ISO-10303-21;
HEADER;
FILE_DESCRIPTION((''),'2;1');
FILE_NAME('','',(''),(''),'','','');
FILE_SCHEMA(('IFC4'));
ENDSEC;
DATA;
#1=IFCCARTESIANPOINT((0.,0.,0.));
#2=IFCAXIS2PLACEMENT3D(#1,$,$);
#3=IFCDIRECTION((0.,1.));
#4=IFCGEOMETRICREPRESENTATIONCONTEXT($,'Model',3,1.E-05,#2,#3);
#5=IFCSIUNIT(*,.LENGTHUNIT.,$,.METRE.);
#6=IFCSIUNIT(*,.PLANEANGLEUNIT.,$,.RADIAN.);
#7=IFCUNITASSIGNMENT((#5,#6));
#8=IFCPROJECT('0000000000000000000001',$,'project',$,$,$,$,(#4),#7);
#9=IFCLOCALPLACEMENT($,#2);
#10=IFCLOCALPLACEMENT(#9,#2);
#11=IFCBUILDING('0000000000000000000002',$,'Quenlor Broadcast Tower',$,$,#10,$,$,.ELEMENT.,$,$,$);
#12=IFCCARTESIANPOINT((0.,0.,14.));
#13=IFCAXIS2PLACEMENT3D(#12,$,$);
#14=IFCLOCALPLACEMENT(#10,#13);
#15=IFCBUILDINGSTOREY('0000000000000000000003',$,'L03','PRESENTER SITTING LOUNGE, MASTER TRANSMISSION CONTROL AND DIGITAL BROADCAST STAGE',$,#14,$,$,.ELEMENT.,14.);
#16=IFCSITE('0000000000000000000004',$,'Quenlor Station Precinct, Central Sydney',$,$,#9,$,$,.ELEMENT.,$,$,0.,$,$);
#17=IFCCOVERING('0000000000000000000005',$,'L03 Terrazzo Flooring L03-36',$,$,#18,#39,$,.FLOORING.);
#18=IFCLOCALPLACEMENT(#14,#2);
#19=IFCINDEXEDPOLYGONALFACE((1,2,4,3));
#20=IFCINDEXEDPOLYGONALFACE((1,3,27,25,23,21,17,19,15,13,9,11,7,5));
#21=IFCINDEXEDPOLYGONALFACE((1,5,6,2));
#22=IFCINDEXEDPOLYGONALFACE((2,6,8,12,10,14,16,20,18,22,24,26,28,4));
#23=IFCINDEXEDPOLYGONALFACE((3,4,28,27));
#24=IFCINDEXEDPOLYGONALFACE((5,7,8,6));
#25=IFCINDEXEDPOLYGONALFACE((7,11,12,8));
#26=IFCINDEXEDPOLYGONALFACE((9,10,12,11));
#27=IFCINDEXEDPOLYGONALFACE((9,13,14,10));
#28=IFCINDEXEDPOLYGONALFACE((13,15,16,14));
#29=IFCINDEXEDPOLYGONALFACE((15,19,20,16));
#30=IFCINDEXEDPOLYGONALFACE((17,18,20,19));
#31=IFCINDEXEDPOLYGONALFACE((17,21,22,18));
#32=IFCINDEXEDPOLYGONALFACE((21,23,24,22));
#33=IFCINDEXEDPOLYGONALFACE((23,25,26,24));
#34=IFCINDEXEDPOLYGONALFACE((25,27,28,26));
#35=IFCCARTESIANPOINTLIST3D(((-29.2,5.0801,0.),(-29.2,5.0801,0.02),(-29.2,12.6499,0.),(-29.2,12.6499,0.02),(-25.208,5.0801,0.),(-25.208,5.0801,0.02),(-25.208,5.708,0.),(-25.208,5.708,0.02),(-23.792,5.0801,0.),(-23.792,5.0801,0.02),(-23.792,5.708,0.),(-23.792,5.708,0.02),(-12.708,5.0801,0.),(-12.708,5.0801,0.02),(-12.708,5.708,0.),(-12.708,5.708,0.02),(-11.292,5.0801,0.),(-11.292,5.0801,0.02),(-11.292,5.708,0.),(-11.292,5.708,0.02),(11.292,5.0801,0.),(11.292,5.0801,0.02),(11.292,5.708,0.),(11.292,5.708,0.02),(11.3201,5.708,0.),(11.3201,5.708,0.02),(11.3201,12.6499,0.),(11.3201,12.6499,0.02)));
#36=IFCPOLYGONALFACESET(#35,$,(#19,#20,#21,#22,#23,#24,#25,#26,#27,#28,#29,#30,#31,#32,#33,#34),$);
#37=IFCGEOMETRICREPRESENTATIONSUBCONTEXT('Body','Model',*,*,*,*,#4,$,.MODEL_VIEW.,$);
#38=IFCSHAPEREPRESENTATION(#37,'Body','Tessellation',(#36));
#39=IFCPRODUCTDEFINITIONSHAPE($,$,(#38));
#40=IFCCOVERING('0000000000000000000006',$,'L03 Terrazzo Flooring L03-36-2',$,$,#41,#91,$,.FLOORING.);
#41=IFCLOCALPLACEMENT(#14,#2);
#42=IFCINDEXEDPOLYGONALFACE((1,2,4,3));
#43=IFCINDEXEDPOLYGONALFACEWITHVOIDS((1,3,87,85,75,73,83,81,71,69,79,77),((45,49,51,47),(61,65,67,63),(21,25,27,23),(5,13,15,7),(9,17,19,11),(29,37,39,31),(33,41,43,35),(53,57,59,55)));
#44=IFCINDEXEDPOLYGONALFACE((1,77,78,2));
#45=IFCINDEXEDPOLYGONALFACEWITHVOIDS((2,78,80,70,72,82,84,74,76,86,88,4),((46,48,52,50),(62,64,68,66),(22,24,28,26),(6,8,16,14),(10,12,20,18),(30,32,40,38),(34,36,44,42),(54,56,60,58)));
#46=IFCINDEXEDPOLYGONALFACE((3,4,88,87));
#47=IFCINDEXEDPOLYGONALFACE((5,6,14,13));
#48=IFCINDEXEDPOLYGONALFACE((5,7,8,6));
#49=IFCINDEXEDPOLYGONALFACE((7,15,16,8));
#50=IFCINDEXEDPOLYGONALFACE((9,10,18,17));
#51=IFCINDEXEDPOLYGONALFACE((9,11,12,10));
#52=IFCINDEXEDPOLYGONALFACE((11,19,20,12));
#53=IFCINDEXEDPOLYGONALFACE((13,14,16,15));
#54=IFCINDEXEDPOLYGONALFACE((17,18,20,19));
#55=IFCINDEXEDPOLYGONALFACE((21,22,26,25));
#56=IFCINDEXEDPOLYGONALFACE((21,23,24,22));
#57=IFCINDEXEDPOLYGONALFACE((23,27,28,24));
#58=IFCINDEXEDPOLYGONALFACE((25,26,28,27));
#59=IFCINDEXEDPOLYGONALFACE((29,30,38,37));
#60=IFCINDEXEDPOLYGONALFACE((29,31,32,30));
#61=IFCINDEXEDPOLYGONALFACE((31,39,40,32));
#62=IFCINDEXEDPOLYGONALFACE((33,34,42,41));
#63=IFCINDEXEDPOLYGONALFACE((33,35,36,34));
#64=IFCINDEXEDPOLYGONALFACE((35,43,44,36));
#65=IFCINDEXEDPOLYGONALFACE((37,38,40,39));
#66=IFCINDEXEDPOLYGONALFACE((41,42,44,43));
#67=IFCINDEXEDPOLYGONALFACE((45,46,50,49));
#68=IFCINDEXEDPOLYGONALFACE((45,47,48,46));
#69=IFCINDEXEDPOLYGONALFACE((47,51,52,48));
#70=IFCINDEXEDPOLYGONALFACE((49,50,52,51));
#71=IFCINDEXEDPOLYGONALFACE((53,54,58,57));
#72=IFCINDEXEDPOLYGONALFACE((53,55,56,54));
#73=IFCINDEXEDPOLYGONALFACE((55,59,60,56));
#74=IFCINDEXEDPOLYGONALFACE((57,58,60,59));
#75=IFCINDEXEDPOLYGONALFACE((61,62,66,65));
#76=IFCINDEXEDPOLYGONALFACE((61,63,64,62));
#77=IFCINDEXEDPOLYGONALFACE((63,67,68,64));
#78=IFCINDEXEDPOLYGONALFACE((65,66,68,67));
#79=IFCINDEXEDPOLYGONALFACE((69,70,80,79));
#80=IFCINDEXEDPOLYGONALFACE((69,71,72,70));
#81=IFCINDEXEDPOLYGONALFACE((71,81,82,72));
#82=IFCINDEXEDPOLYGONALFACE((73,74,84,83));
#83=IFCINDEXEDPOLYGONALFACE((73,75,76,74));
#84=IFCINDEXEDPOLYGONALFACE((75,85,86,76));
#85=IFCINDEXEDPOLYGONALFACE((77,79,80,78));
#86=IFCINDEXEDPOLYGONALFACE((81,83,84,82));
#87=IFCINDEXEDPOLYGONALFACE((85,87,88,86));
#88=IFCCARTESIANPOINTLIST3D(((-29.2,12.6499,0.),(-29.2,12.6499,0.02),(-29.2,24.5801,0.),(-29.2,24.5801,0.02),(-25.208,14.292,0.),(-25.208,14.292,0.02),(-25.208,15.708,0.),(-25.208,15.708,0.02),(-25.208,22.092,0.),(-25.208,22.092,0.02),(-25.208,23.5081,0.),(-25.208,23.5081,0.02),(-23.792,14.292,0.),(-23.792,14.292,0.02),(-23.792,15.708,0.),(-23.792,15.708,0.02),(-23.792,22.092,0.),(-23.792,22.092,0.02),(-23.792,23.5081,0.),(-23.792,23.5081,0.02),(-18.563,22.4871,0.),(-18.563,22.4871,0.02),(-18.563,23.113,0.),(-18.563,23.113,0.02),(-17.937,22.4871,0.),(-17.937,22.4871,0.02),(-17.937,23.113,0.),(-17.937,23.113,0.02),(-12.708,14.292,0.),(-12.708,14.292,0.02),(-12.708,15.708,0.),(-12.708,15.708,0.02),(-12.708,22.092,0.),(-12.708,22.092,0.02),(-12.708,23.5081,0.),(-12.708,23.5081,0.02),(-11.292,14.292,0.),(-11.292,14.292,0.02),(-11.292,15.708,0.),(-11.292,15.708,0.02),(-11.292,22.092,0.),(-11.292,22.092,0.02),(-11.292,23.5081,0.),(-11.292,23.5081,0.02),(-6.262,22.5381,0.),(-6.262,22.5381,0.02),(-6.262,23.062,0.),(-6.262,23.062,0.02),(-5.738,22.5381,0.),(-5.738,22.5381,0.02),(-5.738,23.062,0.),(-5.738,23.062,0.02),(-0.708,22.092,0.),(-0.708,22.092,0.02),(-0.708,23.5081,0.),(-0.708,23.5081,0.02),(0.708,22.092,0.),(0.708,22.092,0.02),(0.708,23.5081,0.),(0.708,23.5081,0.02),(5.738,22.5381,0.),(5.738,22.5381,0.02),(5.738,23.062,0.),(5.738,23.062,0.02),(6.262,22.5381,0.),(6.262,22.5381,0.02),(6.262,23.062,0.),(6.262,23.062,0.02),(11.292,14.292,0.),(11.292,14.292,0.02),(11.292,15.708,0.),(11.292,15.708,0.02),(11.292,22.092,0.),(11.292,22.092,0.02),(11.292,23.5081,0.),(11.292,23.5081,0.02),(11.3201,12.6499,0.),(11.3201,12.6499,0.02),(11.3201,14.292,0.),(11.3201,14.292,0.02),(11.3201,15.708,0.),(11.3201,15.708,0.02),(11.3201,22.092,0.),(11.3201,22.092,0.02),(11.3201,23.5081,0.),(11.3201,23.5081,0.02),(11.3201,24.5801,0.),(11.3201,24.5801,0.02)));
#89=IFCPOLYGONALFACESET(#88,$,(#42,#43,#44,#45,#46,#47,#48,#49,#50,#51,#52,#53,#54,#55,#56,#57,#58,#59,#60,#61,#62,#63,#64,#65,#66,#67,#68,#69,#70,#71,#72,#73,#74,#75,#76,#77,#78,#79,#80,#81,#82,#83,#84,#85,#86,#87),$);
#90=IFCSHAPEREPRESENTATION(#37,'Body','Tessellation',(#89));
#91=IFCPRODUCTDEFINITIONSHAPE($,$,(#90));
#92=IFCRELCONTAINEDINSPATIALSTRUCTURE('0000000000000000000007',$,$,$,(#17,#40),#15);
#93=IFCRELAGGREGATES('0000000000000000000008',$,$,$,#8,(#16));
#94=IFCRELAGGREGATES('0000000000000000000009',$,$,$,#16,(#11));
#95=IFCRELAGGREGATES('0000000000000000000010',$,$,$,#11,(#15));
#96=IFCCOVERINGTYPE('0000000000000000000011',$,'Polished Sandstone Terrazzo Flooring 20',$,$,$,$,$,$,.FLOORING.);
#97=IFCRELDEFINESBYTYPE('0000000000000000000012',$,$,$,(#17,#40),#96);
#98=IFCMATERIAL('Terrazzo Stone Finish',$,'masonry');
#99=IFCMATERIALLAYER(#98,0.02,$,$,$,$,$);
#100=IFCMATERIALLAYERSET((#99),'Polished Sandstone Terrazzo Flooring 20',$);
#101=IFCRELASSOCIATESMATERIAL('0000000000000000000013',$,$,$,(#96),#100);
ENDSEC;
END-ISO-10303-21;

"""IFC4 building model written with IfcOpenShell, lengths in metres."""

from ifc_helpers import new_model, si_unit, direction, frame, origin, place, context, subcontext, project, spatial, polyline, outline, extrude, material, layer, layer_set, type_object, element, save


model = new_model("IFC4")

# Units and contexts
model_context = context("Model", 3, precision=1e-05, world=origin(), true_north=direction((0.0, 1.0)))
body_context = subcontext(model_context, "Body", "Model", "MODEL_VIEW")
ifc_project = project(units=[si_unit("LENGTHUNIT", "METRE"), si_unit("PLANEANGLEUNIT", "RADIAN")], contexts=[model_context])

# Site, building, storey
site_placement = place(None, origin())
site = spatial("IfcSite", under=ifc_project, at=site_placement, Name="Quenlor Station Precinct, Central Sydney", CompositionType="ELEMENT", RefElevation=0.0)
building_placement = place(site_placement, origin())
building = spatial("IfcBuilding", under=site, at=building_placement, Name="Quenlor Broadcast Tower", CompositionType="ELEMENT")
storey_placement = place(building_placement, frame((0.0, 0.0, 14.0)))
storey = spatial("IfcBuildingStorey", under=building, at=storey_placement, Name="L03", Description="PRESENTER SITTING LOUNGE, MASTER TRANSMISSION CONTROL AND DIGITAL BROADCAST STAGE", CompositionType="ELEMENT", Elevation=14.0)

# Coverings
ifc_material_1 = material(Name="Terrazzo Stone Finish", Category="masonry")
ifc_layer_1 = layer(ifc_material_1, 0.02)
ifc_layer_set_1 = layer_set([ifc_layer_1], Name="Polished Sandstone Terrazzo Flooring 20")
covering_type_1 = type_object("IfcCoveringType", Name="Polished Sandstone Terrazzo Flooring 20", PredefinedType="FLOORING", material=ifc_layer_set_1)
covering_1_placement = place(storey_placement, origin())
element("IfcCovering", 1, at=covering_1_placement, inside=storey, type_object=covering_type_1, Name="L03 Terrazzo Flooring L03-36", PredefinedType="FLOORING", context=body_context, shape_type="SweptSolid", body=[
    extrude(outline(polyline([(-12.708, 5.708), (-12.708, 5.0801), (-23.792, 5.0801), (-23.792, 5.708), (-25.208, 5.708), (-25.208, 5.0801), (-29.2, 5.0801), (-29.2, 12.6499), (11.3201, 12.6499), (11.3201, 5.708), (11.292, 5.708), (11.292, 5.0801), (-11.292, 5.0801), (-11.292, 5.708), (-12.708, 5.708)])), origin(), (0.0, 0.0, 1.0), 0.02),
])
covering_2_placement = place(storey_placement, origin())
element("IfcCovering", 2, at=covering_2_placement, inside=storey, type_object=covering_type_1, Name="L03 Terrazzo Flooring L03-36-2", PredefinedType="FLOORING", context=body_context, shape_type="SweptSolid", body=[
    extrude(outline(polyline([(-29.2, 24.5801), (11.3201, 24.5801), (11.3201, 23.5081), (11.292, 23.5081), (11.292, 22.092), (11.3201, 22.092), (11.3201, 15.708), (11.292, 15.708), (11.292, 14.292), (11.3201, 14.292), (11.3201, 12.6499), (-29.2, 12.6499), (-29.2, 24.5801)]), holes=[polyline([(-23.792, 14.292), (-23.792, 15.708), (-25.208, 15.708), (-25.208, 14.292), (-23.792, 14.292)]), polyline([(-23.792, 23.5081), (-25.208, 23.5081), (-25.208, 22.092), (-23.792, 22.092), (-23.792, 23.5081)]), polyline([(-17.937, 22.4871), (-17.937, 23.113), (-18.563, 23.113), (-18.563, 22.4871), (-17.937, 22.4871)]), polyline([(-11.292, 15.708), (-12.708, 15.708), (-12.708, 14.292), (-11.292, 14.292), (-11.292, 15.708)]), polyline([(0.708, 22.092), (0.708, 23.5081), (-0.708, 23.5081), (-0.708, 22.092), (0.708, 22.092)]), polyline([(6.262, 23.062), (5.738, 23.062), (5.738, 22.5381), (6.262, 22.5381), (6.262, 23.062)]), polyline([(-5.738, 22.5381), (-5.738, 23.062), (-6.262, 23.062), (-6.262, 22.5381), (-5.738, 22.5381)]), polyline([(-11.292, 22.092), (-11.292, 23.5081), (-12.708, 23.5081), (-12.708, 22.092), (-11.292, 22.092)])]), origin(), (0.0, 0.0, 1.0), 0.02),
])

save(model, "model.ifc")
